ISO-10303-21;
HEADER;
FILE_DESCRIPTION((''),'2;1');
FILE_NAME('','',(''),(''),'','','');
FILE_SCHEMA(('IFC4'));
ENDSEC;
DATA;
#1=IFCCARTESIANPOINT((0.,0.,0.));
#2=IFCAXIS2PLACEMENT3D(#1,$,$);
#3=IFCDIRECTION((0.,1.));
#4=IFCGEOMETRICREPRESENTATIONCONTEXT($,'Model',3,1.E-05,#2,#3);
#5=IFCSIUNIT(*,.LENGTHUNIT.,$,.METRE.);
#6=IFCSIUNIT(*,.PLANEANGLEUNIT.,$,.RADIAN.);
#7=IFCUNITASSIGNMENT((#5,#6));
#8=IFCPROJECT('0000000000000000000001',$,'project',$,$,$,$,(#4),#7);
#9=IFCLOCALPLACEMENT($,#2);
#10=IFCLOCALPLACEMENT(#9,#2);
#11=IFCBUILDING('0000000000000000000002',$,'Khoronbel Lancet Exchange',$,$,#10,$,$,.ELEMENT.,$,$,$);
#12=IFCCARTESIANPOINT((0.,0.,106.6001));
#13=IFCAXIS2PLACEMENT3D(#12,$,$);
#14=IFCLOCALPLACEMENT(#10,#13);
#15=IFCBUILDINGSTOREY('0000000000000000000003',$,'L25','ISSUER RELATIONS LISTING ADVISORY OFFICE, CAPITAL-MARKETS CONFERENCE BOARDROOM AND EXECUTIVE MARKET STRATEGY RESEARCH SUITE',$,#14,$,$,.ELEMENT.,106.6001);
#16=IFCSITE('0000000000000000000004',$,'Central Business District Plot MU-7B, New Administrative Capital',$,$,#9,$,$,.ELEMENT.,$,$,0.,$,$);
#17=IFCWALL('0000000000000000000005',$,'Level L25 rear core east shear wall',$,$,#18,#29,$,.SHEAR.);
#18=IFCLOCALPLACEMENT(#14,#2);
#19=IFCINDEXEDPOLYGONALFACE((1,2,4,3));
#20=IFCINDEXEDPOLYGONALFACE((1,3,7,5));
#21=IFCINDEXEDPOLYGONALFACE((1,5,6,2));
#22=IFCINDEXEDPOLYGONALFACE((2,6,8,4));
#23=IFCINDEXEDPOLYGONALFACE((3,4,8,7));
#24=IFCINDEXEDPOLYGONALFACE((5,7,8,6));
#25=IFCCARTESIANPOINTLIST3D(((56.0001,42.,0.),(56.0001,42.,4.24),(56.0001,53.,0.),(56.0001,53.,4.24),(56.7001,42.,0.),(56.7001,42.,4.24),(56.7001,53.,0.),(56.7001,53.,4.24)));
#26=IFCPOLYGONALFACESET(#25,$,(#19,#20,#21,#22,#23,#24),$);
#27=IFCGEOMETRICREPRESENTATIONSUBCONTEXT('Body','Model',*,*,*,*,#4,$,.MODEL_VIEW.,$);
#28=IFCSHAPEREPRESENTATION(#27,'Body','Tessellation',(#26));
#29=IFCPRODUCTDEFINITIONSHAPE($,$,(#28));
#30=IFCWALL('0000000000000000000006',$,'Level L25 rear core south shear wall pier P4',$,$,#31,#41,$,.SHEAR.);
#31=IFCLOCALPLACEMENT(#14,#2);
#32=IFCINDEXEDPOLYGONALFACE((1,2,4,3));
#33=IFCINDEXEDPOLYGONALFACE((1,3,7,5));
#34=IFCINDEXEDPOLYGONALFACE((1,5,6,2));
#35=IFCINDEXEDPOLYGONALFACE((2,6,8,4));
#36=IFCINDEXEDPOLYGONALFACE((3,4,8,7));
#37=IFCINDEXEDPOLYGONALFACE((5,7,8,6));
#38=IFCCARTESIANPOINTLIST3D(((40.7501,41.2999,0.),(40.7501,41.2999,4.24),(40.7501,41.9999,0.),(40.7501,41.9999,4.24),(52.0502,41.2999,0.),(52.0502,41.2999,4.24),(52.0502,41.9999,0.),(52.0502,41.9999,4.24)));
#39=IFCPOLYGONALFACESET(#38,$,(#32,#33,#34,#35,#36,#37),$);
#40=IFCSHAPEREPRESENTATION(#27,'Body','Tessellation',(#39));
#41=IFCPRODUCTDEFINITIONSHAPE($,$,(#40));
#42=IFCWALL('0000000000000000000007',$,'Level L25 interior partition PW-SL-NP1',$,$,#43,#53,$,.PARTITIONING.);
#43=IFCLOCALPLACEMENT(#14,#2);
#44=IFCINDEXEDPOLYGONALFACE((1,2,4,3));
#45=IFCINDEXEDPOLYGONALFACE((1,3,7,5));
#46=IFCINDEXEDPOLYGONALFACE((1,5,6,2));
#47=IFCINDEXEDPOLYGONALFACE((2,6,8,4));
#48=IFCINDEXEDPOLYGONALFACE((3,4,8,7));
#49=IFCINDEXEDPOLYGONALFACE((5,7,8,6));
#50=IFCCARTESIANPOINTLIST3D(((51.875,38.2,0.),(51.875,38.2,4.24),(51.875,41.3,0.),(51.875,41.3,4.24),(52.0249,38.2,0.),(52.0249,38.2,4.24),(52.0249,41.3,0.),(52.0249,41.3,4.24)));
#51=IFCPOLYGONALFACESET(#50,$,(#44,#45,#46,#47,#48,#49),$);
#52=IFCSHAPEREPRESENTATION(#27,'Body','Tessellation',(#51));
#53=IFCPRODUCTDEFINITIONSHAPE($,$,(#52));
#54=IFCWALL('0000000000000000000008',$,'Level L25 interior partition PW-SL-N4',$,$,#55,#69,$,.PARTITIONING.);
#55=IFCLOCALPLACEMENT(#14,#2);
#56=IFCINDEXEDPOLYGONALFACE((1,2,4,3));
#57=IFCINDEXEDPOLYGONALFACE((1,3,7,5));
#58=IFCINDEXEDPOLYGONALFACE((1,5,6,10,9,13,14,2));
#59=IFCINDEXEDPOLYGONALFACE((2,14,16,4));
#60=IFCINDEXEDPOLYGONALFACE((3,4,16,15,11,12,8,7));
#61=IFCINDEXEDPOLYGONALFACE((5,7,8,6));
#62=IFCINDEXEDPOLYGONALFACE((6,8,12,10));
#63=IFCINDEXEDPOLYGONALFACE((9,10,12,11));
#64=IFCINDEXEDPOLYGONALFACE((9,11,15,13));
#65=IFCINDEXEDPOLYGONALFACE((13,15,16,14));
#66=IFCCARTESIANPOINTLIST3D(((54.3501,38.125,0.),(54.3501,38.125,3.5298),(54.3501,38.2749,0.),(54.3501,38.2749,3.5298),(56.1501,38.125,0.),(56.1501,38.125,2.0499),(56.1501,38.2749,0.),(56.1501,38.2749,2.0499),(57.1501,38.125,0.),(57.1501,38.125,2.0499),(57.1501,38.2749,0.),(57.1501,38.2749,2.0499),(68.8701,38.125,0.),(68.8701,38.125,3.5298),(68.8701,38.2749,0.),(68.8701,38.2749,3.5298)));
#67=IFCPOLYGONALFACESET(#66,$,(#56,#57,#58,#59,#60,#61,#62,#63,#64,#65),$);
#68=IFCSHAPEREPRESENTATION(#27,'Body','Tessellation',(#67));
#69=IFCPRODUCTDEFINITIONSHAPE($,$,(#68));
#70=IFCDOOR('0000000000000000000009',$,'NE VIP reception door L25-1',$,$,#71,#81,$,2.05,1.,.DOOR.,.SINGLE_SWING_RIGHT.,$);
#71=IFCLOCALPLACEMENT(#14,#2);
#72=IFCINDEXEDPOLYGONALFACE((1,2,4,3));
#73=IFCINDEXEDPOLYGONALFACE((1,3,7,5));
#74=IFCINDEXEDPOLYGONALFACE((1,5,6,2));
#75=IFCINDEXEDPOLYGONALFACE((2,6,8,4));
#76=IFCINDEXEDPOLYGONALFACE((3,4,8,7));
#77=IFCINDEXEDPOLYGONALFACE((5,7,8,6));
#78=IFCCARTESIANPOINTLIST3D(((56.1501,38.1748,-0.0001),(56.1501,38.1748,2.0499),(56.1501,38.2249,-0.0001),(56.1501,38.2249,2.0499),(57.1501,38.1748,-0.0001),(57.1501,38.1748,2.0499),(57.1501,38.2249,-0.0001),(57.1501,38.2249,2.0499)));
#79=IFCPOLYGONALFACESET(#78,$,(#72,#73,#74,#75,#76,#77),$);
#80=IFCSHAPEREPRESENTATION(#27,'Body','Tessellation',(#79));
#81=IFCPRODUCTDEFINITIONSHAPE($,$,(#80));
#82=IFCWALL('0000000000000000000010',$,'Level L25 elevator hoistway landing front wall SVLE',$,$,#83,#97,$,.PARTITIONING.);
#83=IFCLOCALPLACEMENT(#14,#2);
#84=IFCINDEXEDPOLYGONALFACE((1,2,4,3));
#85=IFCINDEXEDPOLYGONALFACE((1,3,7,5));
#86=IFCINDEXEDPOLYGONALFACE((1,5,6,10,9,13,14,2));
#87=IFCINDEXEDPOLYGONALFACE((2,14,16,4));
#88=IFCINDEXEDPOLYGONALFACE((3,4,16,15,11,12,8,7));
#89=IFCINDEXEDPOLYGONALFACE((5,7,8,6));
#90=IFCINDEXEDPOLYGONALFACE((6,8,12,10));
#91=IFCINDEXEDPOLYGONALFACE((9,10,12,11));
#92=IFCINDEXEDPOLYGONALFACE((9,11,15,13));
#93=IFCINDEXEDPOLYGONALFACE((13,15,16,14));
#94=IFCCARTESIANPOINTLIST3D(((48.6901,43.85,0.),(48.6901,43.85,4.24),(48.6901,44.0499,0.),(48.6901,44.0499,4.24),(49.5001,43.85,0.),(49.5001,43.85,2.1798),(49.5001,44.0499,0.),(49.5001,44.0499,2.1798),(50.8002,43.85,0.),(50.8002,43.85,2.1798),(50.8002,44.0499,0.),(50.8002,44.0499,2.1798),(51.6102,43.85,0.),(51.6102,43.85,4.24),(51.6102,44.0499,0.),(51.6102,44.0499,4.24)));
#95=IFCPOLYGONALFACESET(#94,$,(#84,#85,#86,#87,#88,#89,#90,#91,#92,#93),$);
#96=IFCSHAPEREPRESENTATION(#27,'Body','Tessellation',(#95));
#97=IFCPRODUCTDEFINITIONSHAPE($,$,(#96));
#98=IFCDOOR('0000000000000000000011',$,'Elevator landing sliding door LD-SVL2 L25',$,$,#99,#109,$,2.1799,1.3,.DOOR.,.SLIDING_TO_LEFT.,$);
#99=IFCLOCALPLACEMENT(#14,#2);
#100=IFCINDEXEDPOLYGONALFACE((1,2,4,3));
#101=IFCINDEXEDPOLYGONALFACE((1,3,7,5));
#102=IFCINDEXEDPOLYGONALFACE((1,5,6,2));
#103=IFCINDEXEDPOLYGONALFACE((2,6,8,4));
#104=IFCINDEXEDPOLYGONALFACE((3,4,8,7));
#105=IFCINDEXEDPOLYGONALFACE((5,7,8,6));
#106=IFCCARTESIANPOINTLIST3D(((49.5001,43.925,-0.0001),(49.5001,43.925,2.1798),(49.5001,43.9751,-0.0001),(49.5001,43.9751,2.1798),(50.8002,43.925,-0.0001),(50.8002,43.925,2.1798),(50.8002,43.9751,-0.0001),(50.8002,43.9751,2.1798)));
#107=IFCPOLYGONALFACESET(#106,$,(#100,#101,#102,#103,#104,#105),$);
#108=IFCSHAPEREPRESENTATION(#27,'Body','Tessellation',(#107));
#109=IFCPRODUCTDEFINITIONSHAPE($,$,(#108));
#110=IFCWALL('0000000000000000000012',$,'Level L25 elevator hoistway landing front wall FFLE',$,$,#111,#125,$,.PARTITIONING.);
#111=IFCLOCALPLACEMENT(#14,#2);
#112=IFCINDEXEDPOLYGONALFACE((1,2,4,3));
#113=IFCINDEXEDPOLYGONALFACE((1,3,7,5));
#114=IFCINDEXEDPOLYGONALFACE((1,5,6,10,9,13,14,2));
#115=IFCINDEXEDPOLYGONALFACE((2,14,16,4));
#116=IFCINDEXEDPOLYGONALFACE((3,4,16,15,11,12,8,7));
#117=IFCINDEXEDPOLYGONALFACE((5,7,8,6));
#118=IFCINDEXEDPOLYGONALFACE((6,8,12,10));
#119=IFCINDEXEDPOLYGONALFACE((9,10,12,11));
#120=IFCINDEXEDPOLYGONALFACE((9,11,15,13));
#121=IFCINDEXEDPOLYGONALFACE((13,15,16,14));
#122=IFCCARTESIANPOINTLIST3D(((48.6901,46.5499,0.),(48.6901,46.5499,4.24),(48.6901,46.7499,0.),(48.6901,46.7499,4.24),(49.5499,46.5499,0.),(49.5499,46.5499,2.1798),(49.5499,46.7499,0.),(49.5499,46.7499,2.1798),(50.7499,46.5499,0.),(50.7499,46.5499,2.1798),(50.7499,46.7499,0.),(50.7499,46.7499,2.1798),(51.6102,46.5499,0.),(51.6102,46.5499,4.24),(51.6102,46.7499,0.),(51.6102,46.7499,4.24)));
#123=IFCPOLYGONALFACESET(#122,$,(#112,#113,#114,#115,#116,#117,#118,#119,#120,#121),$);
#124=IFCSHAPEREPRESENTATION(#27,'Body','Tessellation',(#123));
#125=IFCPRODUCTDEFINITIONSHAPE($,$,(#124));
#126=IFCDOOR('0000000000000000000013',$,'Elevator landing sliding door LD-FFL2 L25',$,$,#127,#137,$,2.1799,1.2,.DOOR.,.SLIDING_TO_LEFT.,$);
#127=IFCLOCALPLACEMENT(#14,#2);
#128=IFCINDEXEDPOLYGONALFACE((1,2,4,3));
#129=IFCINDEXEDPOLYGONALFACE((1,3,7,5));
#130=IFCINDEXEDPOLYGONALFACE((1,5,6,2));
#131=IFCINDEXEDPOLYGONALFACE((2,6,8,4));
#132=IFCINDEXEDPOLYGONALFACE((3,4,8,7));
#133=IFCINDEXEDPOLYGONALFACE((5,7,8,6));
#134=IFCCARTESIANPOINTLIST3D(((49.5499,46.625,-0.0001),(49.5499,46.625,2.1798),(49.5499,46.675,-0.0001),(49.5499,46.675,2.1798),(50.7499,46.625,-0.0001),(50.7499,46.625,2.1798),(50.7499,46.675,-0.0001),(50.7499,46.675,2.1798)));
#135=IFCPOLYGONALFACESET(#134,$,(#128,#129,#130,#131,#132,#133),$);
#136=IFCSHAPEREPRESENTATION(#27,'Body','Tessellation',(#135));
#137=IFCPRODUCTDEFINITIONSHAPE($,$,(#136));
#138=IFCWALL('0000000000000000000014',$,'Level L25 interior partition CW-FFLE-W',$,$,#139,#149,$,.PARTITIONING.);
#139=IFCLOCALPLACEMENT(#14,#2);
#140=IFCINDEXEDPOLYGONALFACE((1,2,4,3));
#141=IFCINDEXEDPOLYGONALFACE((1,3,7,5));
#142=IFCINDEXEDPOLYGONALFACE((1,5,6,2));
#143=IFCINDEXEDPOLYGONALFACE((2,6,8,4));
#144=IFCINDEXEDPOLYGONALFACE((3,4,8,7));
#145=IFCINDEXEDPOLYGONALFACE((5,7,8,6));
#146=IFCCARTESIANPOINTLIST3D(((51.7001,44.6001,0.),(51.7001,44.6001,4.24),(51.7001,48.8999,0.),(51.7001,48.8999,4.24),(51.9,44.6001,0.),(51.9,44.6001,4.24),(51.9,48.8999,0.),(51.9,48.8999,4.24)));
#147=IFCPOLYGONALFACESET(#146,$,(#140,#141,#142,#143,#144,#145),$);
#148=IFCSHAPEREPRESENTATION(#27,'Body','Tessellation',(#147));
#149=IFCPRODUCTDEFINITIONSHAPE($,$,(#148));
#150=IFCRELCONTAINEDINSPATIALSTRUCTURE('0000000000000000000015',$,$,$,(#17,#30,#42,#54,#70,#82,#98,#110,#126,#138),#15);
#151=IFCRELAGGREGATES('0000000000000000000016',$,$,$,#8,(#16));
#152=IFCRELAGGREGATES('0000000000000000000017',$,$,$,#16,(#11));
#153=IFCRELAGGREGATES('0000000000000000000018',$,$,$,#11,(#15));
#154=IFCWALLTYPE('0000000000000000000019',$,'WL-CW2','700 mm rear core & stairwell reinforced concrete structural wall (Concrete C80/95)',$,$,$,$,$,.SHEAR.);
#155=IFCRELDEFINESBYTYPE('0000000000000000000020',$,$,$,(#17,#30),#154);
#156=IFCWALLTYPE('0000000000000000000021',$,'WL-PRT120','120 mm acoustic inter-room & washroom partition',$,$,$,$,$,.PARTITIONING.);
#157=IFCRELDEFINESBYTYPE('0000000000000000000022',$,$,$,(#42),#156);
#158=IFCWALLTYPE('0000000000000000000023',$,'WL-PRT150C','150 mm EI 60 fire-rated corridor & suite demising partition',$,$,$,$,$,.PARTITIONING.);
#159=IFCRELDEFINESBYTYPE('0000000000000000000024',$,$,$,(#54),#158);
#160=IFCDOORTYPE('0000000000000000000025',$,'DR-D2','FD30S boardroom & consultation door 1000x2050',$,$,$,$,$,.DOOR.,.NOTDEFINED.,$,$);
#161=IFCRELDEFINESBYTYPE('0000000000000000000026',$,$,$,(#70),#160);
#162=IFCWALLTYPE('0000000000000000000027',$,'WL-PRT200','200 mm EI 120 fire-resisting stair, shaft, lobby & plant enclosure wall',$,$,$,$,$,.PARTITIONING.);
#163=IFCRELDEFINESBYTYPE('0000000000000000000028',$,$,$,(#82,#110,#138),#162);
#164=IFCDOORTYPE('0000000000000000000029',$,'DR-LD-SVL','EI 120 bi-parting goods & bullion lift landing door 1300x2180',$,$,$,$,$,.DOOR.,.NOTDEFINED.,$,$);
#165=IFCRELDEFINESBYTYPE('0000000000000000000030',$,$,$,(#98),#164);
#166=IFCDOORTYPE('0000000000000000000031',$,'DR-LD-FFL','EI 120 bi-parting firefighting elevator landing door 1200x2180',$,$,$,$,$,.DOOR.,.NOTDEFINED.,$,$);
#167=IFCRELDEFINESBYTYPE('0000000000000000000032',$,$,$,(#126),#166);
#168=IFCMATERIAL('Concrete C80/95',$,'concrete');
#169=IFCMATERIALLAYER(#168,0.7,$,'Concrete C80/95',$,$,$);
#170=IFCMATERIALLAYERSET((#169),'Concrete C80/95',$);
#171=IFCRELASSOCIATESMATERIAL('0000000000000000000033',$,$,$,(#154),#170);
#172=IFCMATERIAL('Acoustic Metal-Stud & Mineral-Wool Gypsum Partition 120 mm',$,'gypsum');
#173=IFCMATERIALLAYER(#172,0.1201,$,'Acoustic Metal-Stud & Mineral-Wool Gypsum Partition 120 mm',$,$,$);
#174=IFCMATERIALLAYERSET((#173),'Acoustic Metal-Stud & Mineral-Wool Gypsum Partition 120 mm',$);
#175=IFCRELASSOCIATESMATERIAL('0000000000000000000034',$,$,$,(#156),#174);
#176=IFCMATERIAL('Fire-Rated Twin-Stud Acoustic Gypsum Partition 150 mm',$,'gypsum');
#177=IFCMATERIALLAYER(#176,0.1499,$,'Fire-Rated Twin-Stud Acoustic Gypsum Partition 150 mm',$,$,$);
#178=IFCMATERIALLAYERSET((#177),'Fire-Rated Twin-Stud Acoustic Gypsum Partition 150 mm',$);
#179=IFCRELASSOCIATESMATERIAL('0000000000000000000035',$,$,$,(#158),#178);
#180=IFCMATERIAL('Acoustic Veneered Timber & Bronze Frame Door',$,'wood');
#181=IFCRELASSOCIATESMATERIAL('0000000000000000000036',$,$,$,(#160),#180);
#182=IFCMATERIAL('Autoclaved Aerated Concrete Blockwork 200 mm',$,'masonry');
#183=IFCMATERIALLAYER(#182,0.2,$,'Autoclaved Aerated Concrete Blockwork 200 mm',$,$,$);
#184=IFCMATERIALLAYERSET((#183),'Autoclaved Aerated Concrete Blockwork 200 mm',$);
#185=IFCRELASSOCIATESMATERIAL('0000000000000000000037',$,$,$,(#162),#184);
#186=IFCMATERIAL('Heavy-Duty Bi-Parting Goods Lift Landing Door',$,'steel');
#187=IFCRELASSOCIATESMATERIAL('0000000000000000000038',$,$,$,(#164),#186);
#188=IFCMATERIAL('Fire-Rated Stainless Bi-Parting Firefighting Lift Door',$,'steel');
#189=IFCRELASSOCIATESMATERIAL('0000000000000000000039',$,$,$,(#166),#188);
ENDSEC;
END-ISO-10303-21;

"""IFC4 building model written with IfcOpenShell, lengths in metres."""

from ifc_helpers import new_model, si_unit, direction, frame, frame_2d, origin, place, context, subcontext, project, spatial, rectangle, extrude, material, layer, layer_set, type_object, element, fill, save


model = new_model("IFC4")

# Units and contexts
model_context = context("Model", 3, precision=1e-05, world=origin(), true_north=direction((0.0, 1.0)))
body_context = subcontext(model_context, "Body", "Model", "MODEL_VIEW")
ifc_project = project(units=[si_unit("LENGTHUNIT", "METRE"), si_unit("PLANEANGLEUNIT", "RADIAN")], contexts=[model_context])

# Site, building, storey
site_placement = place(None, origin())
site = spatial("IfcSite", under=ifc_project, at=site_placement, Name="Central Business District Plot MU-7B, New Administrative Capital", CompositionType="ELEMENT", RefElevation=0.0)
building_placement = place(site_placement, origin())
building = spatial("IfcBuilding", under=site, at=building_placement, Name="Khoronbel Lancet Exchange", CompositionType="ELEMENT")
storey_placement = place(building_placement, frame((0.0, 0.0, 106.6001)))
storey = spatial("IfcBuildingStorey", under=building, at=storey_placement, Name="L25", Description="ISSUER RELATIONS LISTING ADVISORY OFFICE, CAPITAL-MARKETS CONFERENCE BOARDROOM AND EXECUTIVE MARKET STRATEGY RESEARCH SUITE", CompositionType="ELEMENT", Elevation=106.6001)

# Shared definitions
ifc_material_1 = material(Name="Concrete C80/95", Category="concrete")

# Walls
ifc_layer_1 = layer(ifc_material_1, 0.7, Name="Concrete C80/95")
ifc_layer_set_1 = layer_set([ifc_layer_1], Name="Concrete C80/95")
wall_type_1 = type_object("IfcWallType", Name="WL-CW2", Description="700 mm rear core & stairwell reinforced concrete structural wall (Concrete C80/95)", PredefinedType="SHEAR", material=ifc_layer_set_1)
wall_1_placement = place(storey_placement, frame((56.3501, 53.0, 0.0), z_axis=(0.0, 0.0, 1.0), x_axis=(0.0, -1.0, 0.0)))
element("IfcWall", 1, at=wall_1_placement, inside=storey, type_object=wall_type_1, Name="Level L25 rear core east shear wall", PredefinedType="SHEAR", context=body_context, shape_type="SweptSolid", body=[
    extrude(rectangle(XDim=11.0, YDim=0.7, at=frame_2d((5.5, 0.0))), origin(), (0.0, 0.0, 1.0), 4.24),
])
wall_2_placement = place(storey_placement, frame((52.05, 41.6499, 0.0), z_axis=(0.0, 0.0, 1.0), x_axis=(-1.0, 0.0, 0.0)))
element("IfcWall", 2, at=wall_2_placement, inside=storey, type_object=wall_type_1, Name="Level L25 rear core south shear wall pier P4", PredefinedType="SHEAR", context=body_context, shape_type="SweptSolid", body=[
    extrude(rectangle(XDim=11.3, YDim=0.7, at=frame_2d((5.6499, 0.0))), origin(), (0.0, 0.0, 1.0), 4.24),
])
ifc_material_2 = material(Name="Acoustic Metal-Stud & Mineral-Wool Gypsum Partition 120 mm", Category="gypsum")
ifc_layer_2 = layer(ifc_material_2, 0.1201, Name="Acoustic Metal-Stud & Mineral-Wool Gypsum Partition 120 mm")
ifc_layer_set_2 = layer_set([ifc_layer_2], Name="Acoustic Metal-Stud & Mineral-Wool Gypsum Partition 120 mm")
wall_type_2 = type_object("IfcWallType", Name="WL-PRT120", Description="120 mm acoustic inter-room & washroom partition", PredefinedType="PARTITIONING", material=ifc_layer_set_2)
wall_3_placement = place(storey_placement, frame((51.95, 38.2, 0.0), z_axis=(0.0, 0.0, 1.0), x_axis=(0.0, 1.0, 0.0)))
element("IfcWall", 3, at=wall_3_placement, inside=storey, type_object=wall_type_2, Name="Level L25 interior partition PW-SL-NP1", PredefinedType="PARTITIONING", context=body_context, shape_type="SweptSolid", body=[
    extrude(rectangle(XDim=3.1001, YDim=0.1499, at=frame_2d((1.55, 0.0))), origin(), (0.0, 0.0, 1.0), 4.24),
])

# Walls, openings, doors
ifc_material_3 = material(Name="Fire-Rated Twin-Stud Acoustic Gypsum Partition 150 mm", Category="gypsum")
ifc_layer_3 = layer(ifc_material_3, 0.1499, Name="Fire-Rated Twin-Stud Acoustic Gypsum Partition 150 mm")
ifc_layer_set_3 = layer_set([ifc_layer_3], Name="Fire-Rated Twin-Stud Acoustic Gypsum Partition 150 mm")
wall_type_3 = type_object("IfcWallType", Name="WL-PRT150C", Description="150 mm EI 60 fire-rated corridor & suite demising partition", PredefinedType="PARTITIONING", material=ifc_layer_set_3)
wall_4_placement = place(storey_placement, frame((54.3501, 38.2, 0.0), z_axis=(0.0, 0.0, 1.0), x_axis=(1.0, 0.0, 0.0)))
wall_4 = element("IfcWall", 4, at=wall_4_placement, inside=storey, type_object=wall_type_3, Name="Level L25 interior partition PW-SL-N4", PredefinedType="PARTITIONING", context=body_context, shape_type="SweptSolid", body=[
    extrude(rectangle(XDim=14.52, YDim=0.1499, at=frame_2d((7.26, 0.0))), origin(), (0.0, 0.0, 1.0), 3.5298),
])
opening_1_placement = place(wall_4_placement, frame((1.8, 0.0, 0.0)))
opening_1 = element("IfcOpeningElement", 5, at=opening_1_placement, cuts=wall_4, PredefinedType="OPENING", context=body_context, shape_type="SweptSolid", body=[
    extrude(rectangle(XDim=1.0, YDim=2.05, at=frame_2d((0.5, 1.0249))), frame((0.0, 0.085, 0.0), z_axis=(0.0, -1.0, 0.0), x_axis=(1.0, 0.0, 0.0)), (0.0, 0.0, 1.0), 0.1699),
])
ifc_material_4 = material(Name="Acoustic Veneered Timber & Bronze Frame Door", Category="wood")
door_type_1 = type_object("IfcDoorType", Name="DR-D2", Description="FD30S boardroom & consultation door 1000x2050", OperationType="NOTDEFINED", PredefinedType="DOOR", material=ifc_material_4)
door_1_placement = place(opening_1_placement, origin())
door_1 = element("IfcDoor", 6, at=door_1_placement, inside=storey, type_object=door_type_1, Name="NE VIP reception door L25-1", OperationType="SINGLE_SWING_RIGHT", OverallHeight=2.05, OverallWidth=1.0, PredefinedType="DOOR", context=body_context, shape_type="SweptSolid", body=[
    extrude(rectangle(XDim=1.0, YDim=2.05, at=frame_2d((0.5, 1.0249))), frame((0.0, 0.0249, 0.0), z_axis=(0.0, -1.0, 0.0), x_axis=(1.0, 0.0, 0.0)), (0.0, 0.0, 1.0), 0.05),
])
fill(opening_1, door_1)
ifc_material_5 = material(Name="Autoclaved Aerated Concrete Blockwork 200 mm", Category="masonry")
ifc_layer_4 = layer(ifc_material_5, 0.2, Name="Autoclaved Aerated Concrete Blockwork 200 mm")
ifc_layer_set_4 = layer_set([ifc_layer_4], Name="Autoclaved Aerated Concrete Blockwork 200 mm")
wall_type_4 = type_object("IfcWallType", Name="WL-PRT200", Description="200 mm EI 120 fire-resisting stair, shaft, lobby & plant enclosure wall", PredefinedType="PARTITIONING", material=ifc_layer_set_4)
wall_5_placement = place(storey_placement, frame((51.6101, 43.95, 0.0), z_axis=(0.0, 0.0, 1.0), x_axis=(-1.0, 0.0, 0.0)))
wall_5 = element("IfcWall", 7, at=wall_5_placement, inside=storey, type_object=wall_type_4, Name="Level L25 elevator hoistway landing front wall SVLE", PredefinedType="PARTITIONING", context=body_context, shape_type="SweptSolid", body=[
    extrude(rectangle(XDim=2.9202, YDim=0.2, at=frame_2d((1.46, 0.0))), origin(), (0.0, 0.0, 1.0), 4.24),
])
opening_2_placement = place(wall_5_placement, frame((0.8101, 0.0, 0.0)))
opening_2 = element("IfcOpeningElement", 8, at=opening_2_placement, cuts=wall_5, PredefinedType="OPENING", context=body_context, shape_type="SweptSolid", body=[
    extrude(rectangle(XDim=1.3, YDim=2.1799, at=frame_2d((0.6499, 1.0898))), frame((0.0, 0.1099, 0.0), z_axis=(0.0, -1.0, 0.0), x_axis=(1.0, 0.0, 0.0)), (0.0, 0.0, 1.0), 0.22),
])
ifc_material_6 = material(Name="Heavy-Duty Bi-Parting Goods Lift Landing Door", Category="steel")
door_type_2 = type_object("IfcDoorType", Name="DR-LD-SVL", Description="EI 120 bi-parting goods & bullion lift landing door 1300x2180", OperationType="NOTDEFINED", PredefinedType="DOOR", material=ifc_material_6)
door_2_placement = place(opening_2_placement, origin())
door_2 = element("IfcDoor", 9, at=door_2_placement, inside=storey, type_object=door_type_2, Name="Elevator landing sliding door LD-SVL2 L25", OperationType="SLIDING_TO_LEFT", OverallHeight=2.1799, OverallWidth=1.3, PredefinedType="DOOR", context=body_context, shape_type="SweptSolid", body=[
    extrude(rectangle(XDim=1.3, YDim=2.1799, at=frame_2d((0.6499, 1.0898))), frame((0.0, 0.0249, 0.0), z_axis=(0.0, -1.0, 0.0), x_axis=(1.0, 0.0, 0.0)), (0.0, 0.0, 1.0), 0.05),
])
fill(opening_2, door_2)
wall_6_placement = place(storey_placement, frame((51.6101, 46.6499, 0.0), z_axis=(0.0, 0.0, 1.0), x_axis=(-1.0, 0.0, 0.0)))
wall_6 = element("IfcWall", 10, at=wall_6_placement, inside=storey, type_object=wall_type_4, Name="Level L25 elevator hoistway landing front wall FFLE", PredefinedType="PARTITIONING", context=body_context, shape_type="SweptSolid", body=[
    extrude(rectangle(XDim=2.9202, YDim=0.2, at=frame_2d((1.46, 0.0))), origin(), (0.0, 0.0, 1.0), 4.24),
])
opening_3_placement = place(wall_6_placement, frame((0.8601, 0.0, 0.0)))
opening_3 = element("IfcOpeningElement", 11, at=opening_3_placement, cuts=wall_6, PredefinedType="OPENING", context=body_context, shape_type="SweptSolid", body=[
    extrude(rectangle(XDim=1.2, YDim=2.1799, at=frame_2d((0.6001, 1.0898))), frame((0.0, 0.1099, 0.0), z_axis=(0.0, -1.0, 0.0), x_axis=(1.0, 0.0, 0.0)), (0.0, 0.0, 1.0), 0.22),
])
ifc_material_7 = material(Name="Fire-Rated Stainless Bi-Parting Firefighting Lift Door", Category="steel")
door_type_3 = type_object("IfcDoorType", Name="DR-LD-FFL", Description="EI 120 bi-parting firefighting elevator landing door 1200x2180", OperationType="NOTDEFINED", PredefinedType="DOOR", material=ifc_material_7)
door_3_placement = place(opening_3_placement, origin())
door_3 = element("IfcDoor", 12, at=door_3_placement, inside=storey, type_object=door_type_3, Name="Elevator landing sliding door LD-FFL2 L25", OperationType="SLIDING_TO_LEFT", OverallHeight=2.1799, OverallWidth=1.2, PredefinedType="DOOR", context=body_context, shape_type="SweptSolid", body=[
    extrude(rectangle(XDim=1.2, YDim=2.1799, at=frame_2d((0.6001, 1.0898))), frame((0.0, 0.0249, 0.0), z_axis=(0.0, -1.0, 0.0), x_axis=(1.0, 0.0, 0.0)), (0.0, 0.0, 1.0), 0.05),
])
fill(opening_3, door_3)

# Wall
wall_7_placement = place(storey_placement, frame((51.8, 44.6001, 0.0), z_axis=(0.0, 0.0, 1.0), x_axis=(0.0, 1.0, 0.0)))
element("IfcWall", 13, at=wall_7_placement, inside=storey, type_object=wall_type_4, Name="Level L25 interior partition CW-FFLE-W", PredefinedType="PARTITIONING", context=body_context, shape_type="SweptSolid", body=[
    extrude(rectangle(XDim=4.2998, YDim=0.2, at=frame_2d((2.1499, 0.0))), origin(), (0.0, 0.0, 1.0), 4.24),
])

save(model, "model.ifc")
